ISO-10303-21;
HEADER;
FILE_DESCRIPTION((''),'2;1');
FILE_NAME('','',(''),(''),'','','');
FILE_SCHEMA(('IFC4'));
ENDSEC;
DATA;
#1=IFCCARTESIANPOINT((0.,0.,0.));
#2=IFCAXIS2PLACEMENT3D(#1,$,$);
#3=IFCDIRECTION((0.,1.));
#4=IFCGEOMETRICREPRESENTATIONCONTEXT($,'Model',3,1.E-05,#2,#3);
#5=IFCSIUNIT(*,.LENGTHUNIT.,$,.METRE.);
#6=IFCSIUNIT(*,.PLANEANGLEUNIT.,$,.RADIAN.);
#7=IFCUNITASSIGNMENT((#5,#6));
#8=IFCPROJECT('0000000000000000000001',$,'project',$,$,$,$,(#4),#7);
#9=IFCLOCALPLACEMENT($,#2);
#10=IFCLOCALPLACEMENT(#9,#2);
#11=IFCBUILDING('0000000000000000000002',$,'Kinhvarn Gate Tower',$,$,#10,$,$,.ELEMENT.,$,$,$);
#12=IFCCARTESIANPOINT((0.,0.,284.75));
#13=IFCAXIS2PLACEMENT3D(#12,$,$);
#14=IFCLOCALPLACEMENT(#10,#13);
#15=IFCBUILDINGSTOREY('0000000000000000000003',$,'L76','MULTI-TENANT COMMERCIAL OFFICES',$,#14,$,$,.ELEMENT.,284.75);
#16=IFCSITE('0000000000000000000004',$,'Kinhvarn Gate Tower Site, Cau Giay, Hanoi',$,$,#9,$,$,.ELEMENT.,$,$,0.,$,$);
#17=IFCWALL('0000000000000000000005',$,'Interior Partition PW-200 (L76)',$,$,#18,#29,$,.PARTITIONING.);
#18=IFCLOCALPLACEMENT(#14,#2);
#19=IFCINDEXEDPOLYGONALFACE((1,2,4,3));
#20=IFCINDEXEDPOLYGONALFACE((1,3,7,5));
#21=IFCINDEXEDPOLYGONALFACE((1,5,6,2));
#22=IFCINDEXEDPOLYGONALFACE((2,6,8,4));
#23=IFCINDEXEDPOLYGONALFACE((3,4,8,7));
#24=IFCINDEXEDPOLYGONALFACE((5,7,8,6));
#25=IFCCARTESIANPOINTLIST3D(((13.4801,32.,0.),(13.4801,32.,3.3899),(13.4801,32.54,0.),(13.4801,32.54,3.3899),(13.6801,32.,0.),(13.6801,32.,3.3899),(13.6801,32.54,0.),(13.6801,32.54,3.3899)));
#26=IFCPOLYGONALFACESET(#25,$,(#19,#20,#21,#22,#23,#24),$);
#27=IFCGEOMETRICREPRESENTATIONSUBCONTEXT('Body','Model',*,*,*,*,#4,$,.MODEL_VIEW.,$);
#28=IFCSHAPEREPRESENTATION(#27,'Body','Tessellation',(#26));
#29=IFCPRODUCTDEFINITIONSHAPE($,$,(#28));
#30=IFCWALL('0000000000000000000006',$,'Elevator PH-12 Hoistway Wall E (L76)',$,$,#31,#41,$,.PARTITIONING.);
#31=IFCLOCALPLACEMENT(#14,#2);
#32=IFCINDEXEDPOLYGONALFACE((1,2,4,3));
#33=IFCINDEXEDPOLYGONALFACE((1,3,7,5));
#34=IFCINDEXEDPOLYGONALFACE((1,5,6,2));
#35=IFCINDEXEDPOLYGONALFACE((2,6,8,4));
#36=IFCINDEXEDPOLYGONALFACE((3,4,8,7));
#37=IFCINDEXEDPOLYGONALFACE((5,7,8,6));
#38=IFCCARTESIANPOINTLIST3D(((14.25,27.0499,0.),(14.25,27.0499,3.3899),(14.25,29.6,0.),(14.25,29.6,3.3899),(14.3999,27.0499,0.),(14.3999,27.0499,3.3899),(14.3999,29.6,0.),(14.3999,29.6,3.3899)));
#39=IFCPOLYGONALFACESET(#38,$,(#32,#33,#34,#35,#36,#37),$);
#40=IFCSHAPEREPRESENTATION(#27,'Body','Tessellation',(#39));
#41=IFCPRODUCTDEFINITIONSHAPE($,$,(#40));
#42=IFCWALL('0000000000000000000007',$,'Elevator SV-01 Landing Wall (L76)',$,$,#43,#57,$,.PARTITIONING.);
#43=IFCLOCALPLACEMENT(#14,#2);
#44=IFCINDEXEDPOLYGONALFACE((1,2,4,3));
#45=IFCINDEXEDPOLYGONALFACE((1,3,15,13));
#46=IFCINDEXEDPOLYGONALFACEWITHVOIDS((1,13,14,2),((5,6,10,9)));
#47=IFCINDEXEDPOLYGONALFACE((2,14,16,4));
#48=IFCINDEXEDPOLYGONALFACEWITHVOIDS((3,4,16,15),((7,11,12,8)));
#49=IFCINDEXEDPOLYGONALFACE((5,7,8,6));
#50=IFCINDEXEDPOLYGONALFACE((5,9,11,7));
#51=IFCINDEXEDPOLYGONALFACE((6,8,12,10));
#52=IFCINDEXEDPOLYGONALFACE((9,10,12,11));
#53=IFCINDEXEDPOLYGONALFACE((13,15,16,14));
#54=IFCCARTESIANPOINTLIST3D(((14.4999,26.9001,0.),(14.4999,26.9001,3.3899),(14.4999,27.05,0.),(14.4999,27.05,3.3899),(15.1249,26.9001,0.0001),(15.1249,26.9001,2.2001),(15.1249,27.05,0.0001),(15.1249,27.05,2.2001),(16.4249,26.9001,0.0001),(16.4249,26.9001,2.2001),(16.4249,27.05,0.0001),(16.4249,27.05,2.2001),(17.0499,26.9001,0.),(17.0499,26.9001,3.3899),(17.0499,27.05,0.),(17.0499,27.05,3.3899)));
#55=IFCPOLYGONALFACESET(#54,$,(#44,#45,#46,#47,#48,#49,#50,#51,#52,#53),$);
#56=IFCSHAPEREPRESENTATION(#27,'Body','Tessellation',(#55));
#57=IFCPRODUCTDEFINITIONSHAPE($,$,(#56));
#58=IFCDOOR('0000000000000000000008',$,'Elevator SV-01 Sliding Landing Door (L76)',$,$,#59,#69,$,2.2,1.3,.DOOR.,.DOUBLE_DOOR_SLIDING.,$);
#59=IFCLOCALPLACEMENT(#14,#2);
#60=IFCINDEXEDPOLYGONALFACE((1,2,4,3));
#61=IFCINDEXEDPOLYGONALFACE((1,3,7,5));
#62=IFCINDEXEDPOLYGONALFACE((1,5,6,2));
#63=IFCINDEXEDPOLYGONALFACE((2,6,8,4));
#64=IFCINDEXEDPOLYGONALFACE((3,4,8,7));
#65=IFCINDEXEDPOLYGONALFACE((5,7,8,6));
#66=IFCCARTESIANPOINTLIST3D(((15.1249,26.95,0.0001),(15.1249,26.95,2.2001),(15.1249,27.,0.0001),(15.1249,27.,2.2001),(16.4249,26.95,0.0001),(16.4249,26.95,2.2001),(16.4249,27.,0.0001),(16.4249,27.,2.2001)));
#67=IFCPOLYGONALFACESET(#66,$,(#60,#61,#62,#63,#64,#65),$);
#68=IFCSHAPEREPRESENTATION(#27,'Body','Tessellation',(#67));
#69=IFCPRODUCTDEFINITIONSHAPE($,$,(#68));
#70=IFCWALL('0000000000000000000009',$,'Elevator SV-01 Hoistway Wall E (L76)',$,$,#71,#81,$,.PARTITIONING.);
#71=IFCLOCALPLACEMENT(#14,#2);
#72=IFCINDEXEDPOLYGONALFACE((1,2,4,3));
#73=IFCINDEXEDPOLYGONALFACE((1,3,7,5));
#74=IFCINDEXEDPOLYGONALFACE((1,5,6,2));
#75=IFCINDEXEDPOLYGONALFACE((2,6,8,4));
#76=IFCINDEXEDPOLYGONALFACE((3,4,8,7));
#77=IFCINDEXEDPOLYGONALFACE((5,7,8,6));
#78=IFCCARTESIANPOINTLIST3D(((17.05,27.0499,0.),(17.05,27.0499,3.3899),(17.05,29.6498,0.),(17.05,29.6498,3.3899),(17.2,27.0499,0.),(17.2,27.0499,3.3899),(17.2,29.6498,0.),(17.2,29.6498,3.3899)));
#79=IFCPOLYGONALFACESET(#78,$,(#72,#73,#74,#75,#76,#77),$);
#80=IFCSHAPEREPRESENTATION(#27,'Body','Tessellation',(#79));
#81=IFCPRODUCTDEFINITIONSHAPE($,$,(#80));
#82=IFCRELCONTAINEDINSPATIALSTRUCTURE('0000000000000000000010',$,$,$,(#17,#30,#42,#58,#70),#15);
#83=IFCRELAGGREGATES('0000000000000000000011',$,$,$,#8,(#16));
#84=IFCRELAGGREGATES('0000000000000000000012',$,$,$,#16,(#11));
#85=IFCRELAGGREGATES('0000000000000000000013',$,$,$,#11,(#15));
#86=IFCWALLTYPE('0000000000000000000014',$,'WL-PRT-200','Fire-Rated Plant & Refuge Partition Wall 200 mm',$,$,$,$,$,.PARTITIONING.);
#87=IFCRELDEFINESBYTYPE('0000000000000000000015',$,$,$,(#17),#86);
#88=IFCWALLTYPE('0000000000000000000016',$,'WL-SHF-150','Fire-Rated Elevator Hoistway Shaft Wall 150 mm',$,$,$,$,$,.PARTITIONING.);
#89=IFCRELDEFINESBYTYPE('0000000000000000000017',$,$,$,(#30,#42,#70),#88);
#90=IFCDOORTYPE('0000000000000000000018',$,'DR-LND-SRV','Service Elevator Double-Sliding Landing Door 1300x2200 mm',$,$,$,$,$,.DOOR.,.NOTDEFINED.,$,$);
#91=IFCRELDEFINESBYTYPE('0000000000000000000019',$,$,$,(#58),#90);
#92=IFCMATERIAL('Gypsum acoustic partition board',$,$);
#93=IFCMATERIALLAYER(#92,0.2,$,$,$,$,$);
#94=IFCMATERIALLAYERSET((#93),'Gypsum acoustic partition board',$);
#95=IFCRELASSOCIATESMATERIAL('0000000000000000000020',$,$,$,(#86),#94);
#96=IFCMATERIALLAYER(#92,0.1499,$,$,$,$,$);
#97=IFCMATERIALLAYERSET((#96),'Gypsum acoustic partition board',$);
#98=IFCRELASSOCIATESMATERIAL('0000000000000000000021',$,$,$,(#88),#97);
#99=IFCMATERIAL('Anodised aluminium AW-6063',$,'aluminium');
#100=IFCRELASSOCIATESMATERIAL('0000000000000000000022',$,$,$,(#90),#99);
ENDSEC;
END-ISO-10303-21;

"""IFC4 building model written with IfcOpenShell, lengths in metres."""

from ifc_helpers import new_model, si_unit, direction, frame, frame_2d, origin, place, context, subcontext, project, spatial, rectangle, extrude, material, layer, layer_set, type_object, element, fill, save


model = new_model("IFC4")

# Units and contexts
model_context = context("Model", 3, precision=1e-05, world=origin(), true_north=direction((0.0, 1.0)))
body_context = subcontext(model_context, "Body", "Model", "MODEL_VIEW")
ifc_project = project(units=[si_unit("LENGTHUNIT", "METRE"), si_unit("PLANEANGLEUNIT", "RADIAN")], contexts=[model_context])

# Site, building, storey
site_placement = place(None, origin())
site = spatial("IfcSite", under=ifc_project, at=site_placement, Name="Kinhvarn Gate Tower Site, Cau Giay, Hanoi", CompositionType="ELEMENT", RefElevation=0.0)
building_placement = place(site_placement, origin())
building = spatial("IfcBuilding", under=site, at=building_placement, Name="Kinhvarn Gate Tower", CompositionType="ELEMENT")
storey_placement = place(building_placement, frame((0.0, 0.0, 284.75)))
storey = spatial("IfcBuildingStorey", under=building, at=storey_placement, Name="L76", Description="MULTI-TENANT COMMERCIAL OFFICES", CompositionType="ELEMENT", Elevation=284.75)

# Shared definitions
ifc_material_1 = material(Name="Anodised aluminium AW-6063", Category="aluminium")

# Shared definitions
ifc_material_2 = material(Name="Gypsum acoustic partition board")

# Walls
ifc_layer_1 = layer(ifc_material_2, 0.2)
ifc_layer_set_1 = layer_set([ifc_layer_1], Name="Gypsum acoustic partition board")
wall_type_1 = type_object("IfcWallType", Name="WL-PRT-200", Description="Fire-Rated Plant & Refuge Partition Wall 200 mm", PredefinedType="PARTITIONING", material=ifc_layer_set_1)
wall_1_placement = place(storey_placement, frame((13.5801, 32.0, 0.0), z_axis=(0.0, 0.0, 1.0), x_axis=(0.0, 1.0, 0.0)))
element("IfcWall", 1, at=wall_1_placement, inside=storey, type_object=wall_type_1, Name="Interior Partition PW-200 (L76)", PredefinedType="PARTITIONING", context=body_context, shape_type="SweptSolid", body=[
    extrude(rectangle(XDim=0.54, YDim=0.2, at=frame_2d((0.27, 0.0))), origin(), (0.0, 0.0, 1.0), 3.3899),
])
ifc_layer_2 = layer(ifc_material_2, 0.1499)
ifc_layer_set_2 = layer_set([ifc_layer_2], Name="Gypsum acoustic partition board")
wall_type_2 = type_object("IfcWallType", Name="WL-SHF-150", Description="Fire-Rated Elevator Hoistway Shaft Wall 150 mm", PredefinedType="PARTITIONING", material=ifc_layer_set_2)
wall_2_placement = place(storey_placement, frame((14.325, 27.05, 0.0), z_axis=(0.0, 0.0, 1.0), x_axis=(0.0, 1.0, 0.0)))
element("IfcWall", 2, at=wall_2_placement, inside=storey, type_object=wall_type_2, Name="Elevator PH-12 Hoistway Wall E (L76)", PredefinedType="PARTITIONING", context=body_context, shape_type="SweptSolid", body=[
    extrude(rectangle(XDim=2.55, YDim=0.1499, at=frame_2d((1.2749, 0.0))), origin(), (0.0, 0.0, 1.0), 3.3899),
])

# Wall, opening, door
wall_3_placement = place(storey_placement, frame((14.5, 26.9751, 0.0), z_axis=(0.0, 0.0, 1.0), x_axis=(1.0, 0.0, 0.0)))
wall_3 = element("IfcWall", 3, at=wall_3_placement, inside=storey, type_object=wall_type_2, Name="Elevator SV-01 Landing Wall (L76)", PredefinedType="PARTITIONING", context=body_context, shape_type="SweptSolid", body=[
    extrude(rectangle(XDim=2.55, YDim=0.1499, at=frame_2d((1.2749, 0.0))), origin(), (0.0, 0.0, 1.0), 3.3899),
])
opening_1_placement = place(wall_3_placement, frame((0.625, 0.0, 0.0)))
opening_1 = element("IfcOpeningElement", 4, at=opening_1_placement, cuts=wall_3, PredefinedType="OPENING", context=body_context, shape_type="SweptSolid", body=[
    extrude(rectangle(XDim=1.3, YDim=2.2, at=frame_2d((0.6499, 1.1001))), frame((0.0, 0.085, 0.0), z_axis=(0.0, -1.0, 0.0), x_axis=(1.0, 0.0, 0.0)), (0.0, 0.0, 1.0), 0.1699),
])
door_type_1 = type_object("IfcDoorType", Name="DR-LND-SRV", Description="Service Elevator Double-Sliding Landing Door 1300x2200 mm", OperationType="NOTDEFINED", PredefinedType="DOOR", material=ifc_material_1)
door_1_placement = place(opening_1_placement, origin())
door_1 = element("IfcDoor", 5, at=door_1_placement, inside=storey, type_object=door_type_1, Name="Elevator SV-01 Sliding Landing Door (L76)", OperationType="DOUBLE_DOOR_SLIDING", OverallHeight=2.2, OverallWidth=1.3, PredefinedType="DOOR", context=body_context, shape_type="SweptSolid", body=[
    extrude(rectangle(XDim=1.3, YDim=2.2, at=frame_2d((0.6499, 1.1001))), frame((0.0, 0.0249, 0.0), z_axis=(0.0, -1.0, 0.0), x_axis=(1.0, 0.0, 0.0)), (0.0, 0.0, 1.0), 0.05),
])
fill(opening_1, door_1)

# Wall
wall_4_placement = place(storey_placement, frame((17.125, 27.05, 0.0), z_axis=(0.0, 0.0, 1.0), x_axis=(0.0, 1.0, 0.0)))
element("IfcWall", 6, at=wall_4_placement, inside=storey, type_object=wall_type_2, Name="Elevator SV-01 Hoistway Wall E (L76)", PredefinedType="PARTITIONING", context=body_context, shape_type="SweptSolid", body=[
    extrude(rectangle(XDim=2.5999, YDim=0.1499, at=frame_2d((1.2998, 0.0))), origin(), (0.0, 0.0, 1.0), 3.3899),
])

save(model, "model.ifc")
